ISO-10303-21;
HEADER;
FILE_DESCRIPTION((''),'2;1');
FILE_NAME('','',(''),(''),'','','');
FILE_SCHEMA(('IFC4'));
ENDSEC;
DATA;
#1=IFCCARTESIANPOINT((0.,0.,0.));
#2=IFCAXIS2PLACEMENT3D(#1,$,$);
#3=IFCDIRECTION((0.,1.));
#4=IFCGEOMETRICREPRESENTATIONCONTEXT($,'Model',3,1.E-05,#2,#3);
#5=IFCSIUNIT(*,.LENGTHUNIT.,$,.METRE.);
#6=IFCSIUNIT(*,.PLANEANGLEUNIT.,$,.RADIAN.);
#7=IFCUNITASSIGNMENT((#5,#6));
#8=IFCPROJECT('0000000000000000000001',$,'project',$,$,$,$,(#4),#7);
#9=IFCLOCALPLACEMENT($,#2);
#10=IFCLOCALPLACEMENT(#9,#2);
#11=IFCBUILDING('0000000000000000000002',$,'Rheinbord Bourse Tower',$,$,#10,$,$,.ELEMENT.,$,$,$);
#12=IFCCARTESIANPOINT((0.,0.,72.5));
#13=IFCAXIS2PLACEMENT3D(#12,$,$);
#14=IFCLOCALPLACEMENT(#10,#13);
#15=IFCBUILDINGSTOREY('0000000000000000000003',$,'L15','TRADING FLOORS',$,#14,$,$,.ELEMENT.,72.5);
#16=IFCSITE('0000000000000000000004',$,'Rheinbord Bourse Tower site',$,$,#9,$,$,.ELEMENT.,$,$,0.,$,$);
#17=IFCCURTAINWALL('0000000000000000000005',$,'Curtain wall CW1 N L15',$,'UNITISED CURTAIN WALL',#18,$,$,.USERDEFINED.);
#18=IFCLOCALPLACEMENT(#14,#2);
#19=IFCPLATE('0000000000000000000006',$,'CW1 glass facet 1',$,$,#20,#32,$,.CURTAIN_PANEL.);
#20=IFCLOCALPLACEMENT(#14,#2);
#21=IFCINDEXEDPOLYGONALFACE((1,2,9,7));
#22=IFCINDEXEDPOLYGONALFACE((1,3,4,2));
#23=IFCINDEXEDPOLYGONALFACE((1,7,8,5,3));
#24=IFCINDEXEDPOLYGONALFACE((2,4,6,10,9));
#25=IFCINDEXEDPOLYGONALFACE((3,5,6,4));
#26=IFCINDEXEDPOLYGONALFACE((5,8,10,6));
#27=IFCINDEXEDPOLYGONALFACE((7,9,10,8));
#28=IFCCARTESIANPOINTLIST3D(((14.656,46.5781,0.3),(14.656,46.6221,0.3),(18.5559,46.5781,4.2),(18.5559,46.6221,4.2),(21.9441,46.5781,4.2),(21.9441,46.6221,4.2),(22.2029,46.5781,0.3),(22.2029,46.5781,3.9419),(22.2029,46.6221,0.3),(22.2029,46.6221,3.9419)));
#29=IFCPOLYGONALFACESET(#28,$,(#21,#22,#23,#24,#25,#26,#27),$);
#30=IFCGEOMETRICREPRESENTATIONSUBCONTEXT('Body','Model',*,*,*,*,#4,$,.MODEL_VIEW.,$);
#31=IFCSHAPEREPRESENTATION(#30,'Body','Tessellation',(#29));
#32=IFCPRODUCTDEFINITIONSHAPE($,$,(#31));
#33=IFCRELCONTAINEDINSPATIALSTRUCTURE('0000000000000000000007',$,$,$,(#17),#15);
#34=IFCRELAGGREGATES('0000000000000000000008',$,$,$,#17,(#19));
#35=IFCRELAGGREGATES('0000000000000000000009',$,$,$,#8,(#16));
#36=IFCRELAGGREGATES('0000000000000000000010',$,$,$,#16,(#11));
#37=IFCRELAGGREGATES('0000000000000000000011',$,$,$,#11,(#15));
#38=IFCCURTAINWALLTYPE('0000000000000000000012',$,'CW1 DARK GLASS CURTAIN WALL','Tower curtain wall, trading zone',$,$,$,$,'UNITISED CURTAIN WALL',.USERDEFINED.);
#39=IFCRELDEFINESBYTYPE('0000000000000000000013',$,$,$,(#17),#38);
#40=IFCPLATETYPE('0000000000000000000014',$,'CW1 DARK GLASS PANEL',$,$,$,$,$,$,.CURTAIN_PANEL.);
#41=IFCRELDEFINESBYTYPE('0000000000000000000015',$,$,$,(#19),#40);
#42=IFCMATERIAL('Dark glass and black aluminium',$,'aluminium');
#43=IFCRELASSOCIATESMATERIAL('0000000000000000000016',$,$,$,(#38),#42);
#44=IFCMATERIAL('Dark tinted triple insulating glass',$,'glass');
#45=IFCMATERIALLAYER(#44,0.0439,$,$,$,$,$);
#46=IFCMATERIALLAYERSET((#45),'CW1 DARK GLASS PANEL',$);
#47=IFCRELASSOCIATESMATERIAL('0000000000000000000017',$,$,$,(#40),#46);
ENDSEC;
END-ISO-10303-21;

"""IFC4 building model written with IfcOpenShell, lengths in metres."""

from ifc_helpers import new_model, si_unit, direction, frame, origin, place, context, subcontext, project, spatial, polyline, outline, extrude, material, layer, layer_set, type_object, element, aggregate, save


model = new_model("IFC4")

# Units and contexts
model_context = context("Model", 3, precision=1e-05, world=origin(), true_north=direction((0.0, 1.0)))
body_context = subcontext(model_context, "Body", "Model", "MODEL_VIEW")
ifc_project = project(units=[si_unit("LENGTHUNIT", "METRE"), si_unit("PLANEANGLEUNIT", "RADIAN")], contexts=[model_context])

# Site, building, storey
site_placement = place(None, origin())
site = spatial("IfcSite", under=ifc_project, at=site_placement, Name="Rheinbord Bourse Tower site", CompositionType="ELEMENT", RefElevation=0.0)
building_placement = place(site_placement, origin())
building = spatial("IfcBuilding", under=site, at=building_placement, Name="Rheinbord Bourse Tower", CompositionType="ELEMENT")
storey_placement = place(building_placement, frame((0.0, 0.0, 72.5)))
storey = spatial("IfcBuildingStorey", under=building, at=storey_placement, Name="L15", Description="TRADING FLOORS", CompositionType="ELEMENT", Elevation=72.5)

# Curtain wall
ifc_material_1 = material(Name="Dark glass and black aluminium", Category="aluminium")
curtain_wall_type = type_object("IfcCurtainWallType", Name="CW1 DARK GLASS CURTAIN WALL", Description="Tower curtain wall, trading zone", ElementType="UNITISED CURTAIN WALL", PredefinedType="USERDEFINED", material=ifc_material_1)
curtain_wall_placement = place(storey_placement, origin())
curtain_wall = element("IfcCurtainWall", 1, at=curtain_wall_placement, inside=storey, type_object=curtain_wall_type, Name="Curtain wall CW1 N L15", ObjectType="UNITISED CURTAIN WALL", PredefinedType="USERDEFINED")

# Plate
ifc_material_2 = material(Name="Dark tinted triple insulating glass", Category="glass")
ifc_layer = layer(ifc_material_2, 0.0439)
ifc_layer_set = layer_set([ifc_layer], Name="CW1 DARK GLASS PANEL")
plate_type = type_object("IfcPlateType", Name="CW1 DARK GLASS PANEL", PredefinedType="CURTAIN_PANEL", material=ifc_layer_set)
plate_1_placement = place(storey_placement, frame((22.2029, 46.6221, 0.3), z_axis=(0.0, -1.0, 0.0), x_axis=(0.0, 0.0, 1.0)))
plate_1 = element("IfcPlate", 2, at=plate_1_placement, type_object=plate_type, Name="CW1 glass facet 1", PredefinedType="CURTAIN_PANEL", context=body_context, shape_type="SweptSolid", body=[
    extrude(outline(polyline([(0.0, 0.0), (3.6418, 0.0), (3.8999, 0.2588), (3.8999, 3.647), (0.0, 7.5469), (0.0, 0.0)])), origin(), (0.0, 0.0, 1.0), 0.0439),
])
aggregate(curtain_wall, [plate_1])

save(model, "model.ifc")
